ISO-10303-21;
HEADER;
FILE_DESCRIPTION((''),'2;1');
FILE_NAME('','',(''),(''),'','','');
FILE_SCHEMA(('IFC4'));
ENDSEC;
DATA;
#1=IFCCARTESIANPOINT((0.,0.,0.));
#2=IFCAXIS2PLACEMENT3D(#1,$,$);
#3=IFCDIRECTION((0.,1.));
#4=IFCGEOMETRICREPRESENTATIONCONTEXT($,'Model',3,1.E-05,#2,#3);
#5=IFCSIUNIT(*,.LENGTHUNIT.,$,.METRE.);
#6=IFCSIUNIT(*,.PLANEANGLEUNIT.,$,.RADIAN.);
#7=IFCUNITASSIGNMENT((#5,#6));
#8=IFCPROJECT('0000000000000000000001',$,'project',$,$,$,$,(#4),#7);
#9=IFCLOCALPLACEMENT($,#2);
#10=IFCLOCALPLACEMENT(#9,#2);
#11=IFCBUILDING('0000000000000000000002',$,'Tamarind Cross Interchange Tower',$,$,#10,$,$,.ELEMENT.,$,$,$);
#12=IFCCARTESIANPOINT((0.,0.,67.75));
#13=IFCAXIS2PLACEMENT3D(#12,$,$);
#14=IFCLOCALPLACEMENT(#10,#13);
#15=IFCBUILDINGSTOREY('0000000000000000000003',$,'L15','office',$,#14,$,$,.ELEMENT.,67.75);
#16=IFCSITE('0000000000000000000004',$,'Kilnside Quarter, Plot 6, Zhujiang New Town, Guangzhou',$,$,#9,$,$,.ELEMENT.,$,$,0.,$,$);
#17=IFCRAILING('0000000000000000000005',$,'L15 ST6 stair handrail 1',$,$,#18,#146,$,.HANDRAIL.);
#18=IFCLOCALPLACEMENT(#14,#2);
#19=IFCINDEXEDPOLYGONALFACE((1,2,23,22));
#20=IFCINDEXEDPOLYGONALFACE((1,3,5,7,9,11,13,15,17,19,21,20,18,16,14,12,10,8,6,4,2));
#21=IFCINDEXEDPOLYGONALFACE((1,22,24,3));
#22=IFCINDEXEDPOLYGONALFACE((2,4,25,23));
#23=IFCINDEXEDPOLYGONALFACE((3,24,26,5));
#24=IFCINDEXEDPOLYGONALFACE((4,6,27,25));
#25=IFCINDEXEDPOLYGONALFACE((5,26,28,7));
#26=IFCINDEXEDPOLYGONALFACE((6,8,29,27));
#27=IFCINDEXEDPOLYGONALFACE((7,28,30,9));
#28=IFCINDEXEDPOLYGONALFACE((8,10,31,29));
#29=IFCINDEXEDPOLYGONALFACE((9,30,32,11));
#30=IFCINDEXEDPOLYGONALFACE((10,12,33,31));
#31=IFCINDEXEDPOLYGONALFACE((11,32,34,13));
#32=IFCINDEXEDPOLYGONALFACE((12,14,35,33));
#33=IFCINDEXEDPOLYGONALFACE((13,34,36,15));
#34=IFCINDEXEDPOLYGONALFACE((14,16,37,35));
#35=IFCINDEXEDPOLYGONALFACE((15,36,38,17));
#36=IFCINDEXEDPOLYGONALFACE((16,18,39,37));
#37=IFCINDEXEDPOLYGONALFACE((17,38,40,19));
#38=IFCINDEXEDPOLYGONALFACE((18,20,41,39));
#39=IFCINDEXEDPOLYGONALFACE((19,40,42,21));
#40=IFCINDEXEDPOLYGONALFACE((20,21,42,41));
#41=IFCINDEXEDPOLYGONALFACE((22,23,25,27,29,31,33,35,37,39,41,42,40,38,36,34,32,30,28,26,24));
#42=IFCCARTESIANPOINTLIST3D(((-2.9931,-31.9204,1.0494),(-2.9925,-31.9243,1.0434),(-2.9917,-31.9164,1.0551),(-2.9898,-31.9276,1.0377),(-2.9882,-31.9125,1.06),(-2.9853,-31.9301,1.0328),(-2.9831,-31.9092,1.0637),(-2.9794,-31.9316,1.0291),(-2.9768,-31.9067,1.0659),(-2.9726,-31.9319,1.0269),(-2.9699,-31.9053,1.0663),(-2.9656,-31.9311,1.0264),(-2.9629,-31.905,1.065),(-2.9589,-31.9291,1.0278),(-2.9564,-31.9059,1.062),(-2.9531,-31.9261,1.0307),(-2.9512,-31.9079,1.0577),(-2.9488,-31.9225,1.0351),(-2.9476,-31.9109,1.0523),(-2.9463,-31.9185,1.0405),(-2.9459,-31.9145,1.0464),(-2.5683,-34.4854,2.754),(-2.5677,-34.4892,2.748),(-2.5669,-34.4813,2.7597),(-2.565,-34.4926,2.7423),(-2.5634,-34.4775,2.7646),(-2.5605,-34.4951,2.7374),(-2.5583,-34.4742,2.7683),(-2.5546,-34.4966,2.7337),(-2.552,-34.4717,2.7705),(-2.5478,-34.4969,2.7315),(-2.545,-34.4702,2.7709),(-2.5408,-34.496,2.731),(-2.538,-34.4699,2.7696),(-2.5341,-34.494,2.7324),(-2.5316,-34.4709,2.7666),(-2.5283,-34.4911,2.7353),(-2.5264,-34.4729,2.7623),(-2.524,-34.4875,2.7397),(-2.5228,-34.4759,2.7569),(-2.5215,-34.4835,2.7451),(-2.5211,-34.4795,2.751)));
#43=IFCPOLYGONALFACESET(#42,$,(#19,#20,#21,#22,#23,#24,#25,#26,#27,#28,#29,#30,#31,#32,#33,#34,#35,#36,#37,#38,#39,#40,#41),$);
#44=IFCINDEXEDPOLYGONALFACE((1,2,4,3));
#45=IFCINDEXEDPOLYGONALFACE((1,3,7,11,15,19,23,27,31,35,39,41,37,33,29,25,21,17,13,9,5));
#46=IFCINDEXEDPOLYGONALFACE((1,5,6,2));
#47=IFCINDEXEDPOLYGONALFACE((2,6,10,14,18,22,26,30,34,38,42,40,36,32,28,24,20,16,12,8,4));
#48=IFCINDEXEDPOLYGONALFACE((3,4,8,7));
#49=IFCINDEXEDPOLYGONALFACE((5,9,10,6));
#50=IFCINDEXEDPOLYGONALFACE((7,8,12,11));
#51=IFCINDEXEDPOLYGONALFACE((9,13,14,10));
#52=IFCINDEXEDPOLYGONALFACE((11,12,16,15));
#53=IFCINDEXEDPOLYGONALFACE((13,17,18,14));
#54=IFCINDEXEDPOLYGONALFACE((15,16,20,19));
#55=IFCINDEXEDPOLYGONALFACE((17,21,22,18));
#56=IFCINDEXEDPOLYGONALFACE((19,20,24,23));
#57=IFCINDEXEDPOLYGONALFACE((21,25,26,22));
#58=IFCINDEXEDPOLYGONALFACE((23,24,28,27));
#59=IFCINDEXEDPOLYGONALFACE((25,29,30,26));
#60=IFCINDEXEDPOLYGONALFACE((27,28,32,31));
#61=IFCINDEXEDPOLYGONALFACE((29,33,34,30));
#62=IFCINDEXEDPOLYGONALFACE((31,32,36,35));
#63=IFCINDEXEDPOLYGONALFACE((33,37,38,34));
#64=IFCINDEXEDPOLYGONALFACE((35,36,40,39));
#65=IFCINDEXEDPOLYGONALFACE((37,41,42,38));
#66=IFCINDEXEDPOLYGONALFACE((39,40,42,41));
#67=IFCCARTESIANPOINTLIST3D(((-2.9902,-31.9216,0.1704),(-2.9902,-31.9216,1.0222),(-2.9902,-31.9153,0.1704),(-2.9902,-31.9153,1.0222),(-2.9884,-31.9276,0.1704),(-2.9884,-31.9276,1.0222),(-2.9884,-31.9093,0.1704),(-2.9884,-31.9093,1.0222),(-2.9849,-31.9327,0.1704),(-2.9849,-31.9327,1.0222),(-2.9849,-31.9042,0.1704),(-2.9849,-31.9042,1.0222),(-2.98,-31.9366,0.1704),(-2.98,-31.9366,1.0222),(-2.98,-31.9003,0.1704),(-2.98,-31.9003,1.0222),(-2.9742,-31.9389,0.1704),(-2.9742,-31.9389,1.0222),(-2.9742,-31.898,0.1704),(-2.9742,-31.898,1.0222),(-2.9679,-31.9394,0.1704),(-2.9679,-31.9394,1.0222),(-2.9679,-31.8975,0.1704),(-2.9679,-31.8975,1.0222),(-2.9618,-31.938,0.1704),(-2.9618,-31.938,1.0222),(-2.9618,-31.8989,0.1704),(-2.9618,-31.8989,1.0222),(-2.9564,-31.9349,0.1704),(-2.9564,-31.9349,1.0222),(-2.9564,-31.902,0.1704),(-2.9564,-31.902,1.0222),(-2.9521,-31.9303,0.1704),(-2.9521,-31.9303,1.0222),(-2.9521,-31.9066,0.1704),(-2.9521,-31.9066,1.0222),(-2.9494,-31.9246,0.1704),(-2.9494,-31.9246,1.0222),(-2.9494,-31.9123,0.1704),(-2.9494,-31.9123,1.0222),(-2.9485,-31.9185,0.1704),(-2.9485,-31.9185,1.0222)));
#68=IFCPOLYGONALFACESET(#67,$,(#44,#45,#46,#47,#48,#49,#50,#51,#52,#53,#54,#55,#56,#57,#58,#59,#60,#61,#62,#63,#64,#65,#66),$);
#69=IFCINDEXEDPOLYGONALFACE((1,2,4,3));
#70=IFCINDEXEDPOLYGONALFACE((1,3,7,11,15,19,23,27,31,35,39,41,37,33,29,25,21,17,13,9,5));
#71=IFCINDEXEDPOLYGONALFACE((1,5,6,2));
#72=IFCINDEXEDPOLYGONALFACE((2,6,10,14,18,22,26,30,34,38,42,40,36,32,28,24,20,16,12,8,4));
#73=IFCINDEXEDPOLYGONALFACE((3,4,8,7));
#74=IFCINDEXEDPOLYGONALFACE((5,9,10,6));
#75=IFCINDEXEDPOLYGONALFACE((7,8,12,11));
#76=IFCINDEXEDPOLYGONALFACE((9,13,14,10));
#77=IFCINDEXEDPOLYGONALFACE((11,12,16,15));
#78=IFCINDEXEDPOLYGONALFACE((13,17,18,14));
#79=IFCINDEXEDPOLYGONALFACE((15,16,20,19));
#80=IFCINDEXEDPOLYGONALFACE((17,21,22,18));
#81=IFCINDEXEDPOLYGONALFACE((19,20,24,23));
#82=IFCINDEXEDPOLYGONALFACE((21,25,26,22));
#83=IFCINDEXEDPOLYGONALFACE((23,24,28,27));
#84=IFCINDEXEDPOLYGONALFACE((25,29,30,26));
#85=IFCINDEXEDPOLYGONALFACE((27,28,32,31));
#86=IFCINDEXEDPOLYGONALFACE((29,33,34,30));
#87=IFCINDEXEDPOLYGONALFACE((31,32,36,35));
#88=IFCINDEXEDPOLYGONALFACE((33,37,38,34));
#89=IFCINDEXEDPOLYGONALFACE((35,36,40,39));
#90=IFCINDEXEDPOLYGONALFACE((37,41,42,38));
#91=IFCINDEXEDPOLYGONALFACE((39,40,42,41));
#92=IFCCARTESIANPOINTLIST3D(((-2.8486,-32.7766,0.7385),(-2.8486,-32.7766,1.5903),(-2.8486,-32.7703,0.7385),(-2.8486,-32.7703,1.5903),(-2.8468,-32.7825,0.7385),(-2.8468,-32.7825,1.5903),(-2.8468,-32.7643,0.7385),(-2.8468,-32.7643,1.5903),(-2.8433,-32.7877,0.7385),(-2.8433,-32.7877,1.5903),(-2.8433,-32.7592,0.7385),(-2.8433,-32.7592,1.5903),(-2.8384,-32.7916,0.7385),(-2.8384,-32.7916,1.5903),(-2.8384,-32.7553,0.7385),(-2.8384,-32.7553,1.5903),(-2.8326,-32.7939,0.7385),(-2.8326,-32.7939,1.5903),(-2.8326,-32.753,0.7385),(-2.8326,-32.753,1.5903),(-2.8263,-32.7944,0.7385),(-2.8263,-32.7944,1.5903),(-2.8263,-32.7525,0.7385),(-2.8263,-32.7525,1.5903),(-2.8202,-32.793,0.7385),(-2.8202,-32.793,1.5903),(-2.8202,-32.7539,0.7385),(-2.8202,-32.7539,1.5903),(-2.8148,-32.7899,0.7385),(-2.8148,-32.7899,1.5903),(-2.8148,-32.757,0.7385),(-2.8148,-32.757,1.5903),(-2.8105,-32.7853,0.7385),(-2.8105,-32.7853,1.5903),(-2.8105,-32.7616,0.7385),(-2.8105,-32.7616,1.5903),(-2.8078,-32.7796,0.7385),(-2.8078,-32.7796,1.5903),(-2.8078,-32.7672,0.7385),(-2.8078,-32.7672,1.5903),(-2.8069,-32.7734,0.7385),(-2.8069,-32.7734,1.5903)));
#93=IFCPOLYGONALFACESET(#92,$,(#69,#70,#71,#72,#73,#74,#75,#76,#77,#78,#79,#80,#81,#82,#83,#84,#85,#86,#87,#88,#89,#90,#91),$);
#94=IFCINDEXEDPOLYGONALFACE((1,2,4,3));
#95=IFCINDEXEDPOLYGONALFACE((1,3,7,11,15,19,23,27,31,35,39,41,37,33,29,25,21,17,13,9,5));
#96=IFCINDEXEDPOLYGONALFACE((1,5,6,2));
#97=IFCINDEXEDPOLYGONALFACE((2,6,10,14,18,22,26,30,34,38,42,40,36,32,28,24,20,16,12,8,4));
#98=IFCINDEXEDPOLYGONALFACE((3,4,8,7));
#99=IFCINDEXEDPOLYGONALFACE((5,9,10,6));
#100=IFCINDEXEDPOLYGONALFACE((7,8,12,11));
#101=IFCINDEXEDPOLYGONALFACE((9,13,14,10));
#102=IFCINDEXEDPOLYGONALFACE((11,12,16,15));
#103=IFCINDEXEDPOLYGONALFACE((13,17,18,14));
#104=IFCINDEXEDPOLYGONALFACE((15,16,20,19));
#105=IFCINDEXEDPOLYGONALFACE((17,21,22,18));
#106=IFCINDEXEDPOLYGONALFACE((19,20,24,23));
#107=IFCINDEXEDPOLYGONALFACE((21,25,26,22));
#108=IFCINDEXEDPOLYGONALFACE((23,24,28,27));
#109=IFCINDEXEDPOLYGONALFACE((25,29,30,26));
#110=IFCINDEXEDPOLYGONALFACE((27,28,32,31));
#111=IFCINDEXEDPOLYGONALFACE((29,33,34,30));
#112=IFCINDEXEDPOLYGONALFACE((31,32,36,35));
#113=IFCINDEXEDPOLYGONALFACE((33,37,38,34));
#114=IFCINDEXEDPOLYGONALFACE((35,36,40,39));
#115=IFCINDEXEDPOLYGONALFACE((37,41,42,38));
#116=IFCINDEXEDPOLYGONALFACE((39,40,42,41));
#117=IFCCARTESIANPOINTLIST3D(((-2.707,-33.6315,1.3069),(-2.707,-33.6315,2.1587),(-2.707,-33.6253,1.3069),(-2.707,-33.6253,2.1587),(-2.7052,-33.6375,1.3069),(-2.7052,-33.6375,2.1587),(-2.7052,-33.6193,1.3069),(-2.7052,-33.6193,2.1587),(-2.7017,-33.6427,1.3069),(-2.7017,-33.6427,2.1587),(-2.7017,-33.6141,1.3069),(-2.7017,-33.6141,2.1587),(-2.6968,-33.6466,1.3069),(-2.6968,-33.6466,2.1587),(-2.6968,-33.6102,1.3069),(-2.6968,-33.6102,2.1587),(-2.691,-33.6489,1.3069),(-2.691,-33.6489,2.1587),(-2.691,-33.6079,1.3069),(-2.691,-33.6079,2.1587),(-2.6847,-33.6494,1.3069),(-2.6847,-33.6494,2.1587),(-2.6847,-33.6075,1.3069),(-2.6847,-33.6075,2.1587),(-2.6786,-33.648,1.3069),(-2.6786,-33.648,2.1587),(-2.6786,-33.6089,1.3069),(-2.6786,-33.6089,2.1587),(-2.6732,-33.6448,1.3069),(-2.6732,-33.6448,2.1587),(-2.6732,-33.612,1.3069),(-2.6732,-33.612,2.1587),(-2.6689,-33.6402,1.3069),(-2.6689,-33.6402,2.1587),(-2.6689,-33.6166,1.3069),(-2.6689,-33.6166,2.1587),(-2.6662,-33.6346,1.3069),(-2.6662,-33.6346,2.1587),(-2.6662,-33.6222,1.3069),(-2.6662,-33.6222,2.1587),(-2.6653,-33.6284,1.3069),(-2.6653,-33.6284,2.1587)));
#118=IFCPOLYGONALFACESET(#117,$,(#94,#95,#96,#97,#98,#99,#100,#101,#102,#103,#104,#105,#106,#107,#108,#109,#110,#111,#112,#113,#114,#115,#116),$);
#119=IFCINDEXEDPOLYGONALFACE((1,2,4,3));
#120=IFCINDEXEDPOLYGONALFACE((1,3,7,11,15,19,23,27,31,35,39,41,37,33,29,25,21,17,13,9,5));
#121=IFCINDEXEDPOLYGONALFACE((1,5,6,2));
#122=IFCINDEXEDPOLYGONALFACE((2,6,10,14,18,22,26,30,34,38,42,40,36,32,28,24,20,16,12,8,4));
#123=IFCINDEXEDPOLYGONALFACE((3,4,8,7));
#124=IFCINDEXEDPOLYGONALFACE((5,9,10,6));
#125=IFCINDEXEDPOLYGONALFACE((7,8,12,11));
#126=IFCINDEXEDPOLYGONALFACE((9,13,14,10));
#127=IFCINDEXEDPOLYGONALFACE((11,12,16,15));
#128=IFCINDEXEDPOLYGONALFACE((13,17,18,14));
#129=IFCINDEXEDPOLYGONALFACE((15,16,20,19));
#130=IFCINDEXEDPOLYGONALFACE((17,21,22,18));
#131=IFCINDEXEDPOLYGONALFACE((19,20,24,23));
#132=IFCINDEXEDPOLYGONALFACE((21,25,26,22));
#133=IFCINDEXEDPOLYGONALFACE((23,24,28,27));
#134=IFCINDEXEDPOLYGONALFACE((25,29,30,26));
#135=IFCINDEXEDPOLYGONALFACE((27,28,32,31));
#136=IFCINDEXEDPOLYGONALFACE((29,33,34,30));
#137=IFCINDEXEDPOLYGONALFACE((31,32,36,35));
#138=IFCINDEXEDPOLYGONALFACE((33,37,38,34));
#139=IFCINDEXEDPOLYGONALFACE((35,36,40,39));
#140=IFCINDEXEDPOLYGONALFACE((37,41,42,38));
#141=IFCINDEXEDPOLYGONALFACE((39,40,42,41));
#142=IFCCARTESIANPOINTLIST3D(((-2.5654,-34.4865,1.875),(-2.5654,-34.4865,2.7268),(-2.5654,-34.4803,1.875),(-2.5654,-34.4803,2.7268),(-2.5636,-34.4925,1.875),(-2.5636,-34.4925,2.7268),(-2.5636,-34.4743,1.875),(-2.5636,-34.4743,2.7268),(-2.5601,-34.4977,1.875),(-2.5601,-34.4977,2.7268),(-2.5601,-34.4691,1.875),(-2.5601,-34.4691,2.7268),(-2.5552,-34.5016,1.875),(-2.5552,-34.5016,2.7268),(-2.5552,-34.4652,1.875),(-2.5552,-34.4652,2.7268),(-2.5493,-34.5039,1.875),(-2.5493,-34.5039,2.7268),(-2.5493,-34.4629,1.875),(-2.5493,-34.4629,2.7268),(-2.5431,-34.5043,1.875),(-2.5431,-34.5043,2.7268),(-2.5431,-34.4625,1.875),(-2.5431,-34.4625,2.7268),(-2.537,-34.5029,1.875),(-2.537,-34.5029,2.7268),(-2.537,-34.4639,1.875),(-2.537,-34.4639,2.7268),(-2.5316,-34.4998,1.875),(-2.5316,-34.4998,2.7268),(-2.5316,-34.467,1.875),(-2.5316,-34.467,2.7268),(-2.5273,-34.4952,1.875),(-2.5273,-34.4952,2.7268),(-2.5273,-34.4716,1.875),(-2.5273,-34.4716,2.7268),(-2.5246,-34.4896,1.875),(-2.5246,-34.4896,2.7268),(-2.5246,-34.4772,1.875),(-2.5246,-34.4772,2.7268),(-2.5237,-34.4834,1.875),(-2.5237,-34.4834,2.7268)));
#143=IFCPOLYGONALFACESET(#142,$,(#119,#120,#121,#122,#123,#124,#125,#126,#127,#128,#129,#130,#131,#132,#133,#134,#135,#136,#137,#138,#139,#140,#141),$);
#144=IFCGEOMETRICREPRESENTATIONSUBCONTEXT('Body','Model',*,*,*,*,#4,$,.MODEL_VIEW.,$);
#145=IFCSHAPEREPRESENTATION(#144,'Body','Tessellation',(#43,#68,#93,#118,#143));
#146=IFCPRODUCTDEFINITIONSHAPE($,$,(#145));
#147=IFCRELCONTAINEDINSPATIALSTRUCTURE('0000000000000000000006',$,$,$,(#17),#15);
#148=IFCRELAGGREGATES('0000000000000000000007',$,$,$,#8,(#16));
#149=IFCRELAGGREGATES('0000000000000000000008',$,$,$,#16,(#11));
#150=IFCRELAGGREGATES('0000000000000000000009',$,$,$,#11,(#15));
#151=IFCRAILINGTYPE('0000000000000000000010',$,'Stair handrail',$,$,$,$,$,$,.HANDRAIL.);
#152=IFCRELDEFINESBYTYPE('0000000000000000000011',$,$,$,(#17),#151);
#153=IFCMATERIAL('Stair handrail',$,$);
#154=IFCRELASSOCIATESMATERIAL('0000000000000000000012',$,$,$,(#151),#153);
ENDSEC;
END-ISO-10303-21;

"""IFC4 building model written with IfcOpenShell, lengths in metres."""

from ifc_helpers import new_model, si_unit, direction, frame, origin, origin_2d, place, context, subcontext, project, spatial, circle, extrude, material, type_object, element, save


model = new_model("IFC4")

# Units and contexts
model_context = context("Model", 3, precision=1e-05, world=origin(), true_north=direction((0.0, 1.0)))
body_context = subcontext(model_context, "Body", "Model", "MODEL_VIEW")
ifc_project = project(units=[si_unit("LENGTHUNIT", "METRE"), si_unit("PLANEANGLEUNIT", "RADIAN")], contexts=[model_context])

# Site, building, storey
site_placement = place(None, origin())
site = spatial("IfcSite", under=ifc_project, at=site_placement, Name="Kilnside Quarter, Plot 6, Zhujiang New Town, Guangzhou", CompositionType="ELEMENT", RefElevation=0.0)
building_placement = place(site_placement, origin())
building = spatial("IfcBuilding", under=site, at=building_placement, Name="Tamarind Cross Interchange Tower", CompositionType="ELEMENT")
storey_placement = place(building_placement, frame((0.0, 0.0, 67.75)))
storey = spatial("IfcBuildingStorey", under=building, at=storey_placement, Name="L15", Description="office", CompositionType="ELEMENT", Elevation=67.75)

# Railing
ifc_material_1 = material(Name="Stair handrail")
railing_type_1 = type_object("IfcRailingType", Name="Stair handrail", PredefinedType="HANDRAIL", material=ifc_material_1)
railing_1_placement = place(storey_placement, frame((-2.9695, -31.9185, 0.1704)))
element("IfcRailing", 1, at=railing_1_placement, inside=storey, type_object=railing_type_1, Name="L15 ST6 stair handrail 1", PredefinedType="HANDRAIL", context=body_context, shape_type="SweptSolid", body=[
    extrude(circle(Radius=0.0239, at=origin_2d()), frame((0.0, 0.0, 0.876), z_axis=(0.136643, -0.825042, 0.548301), x_axis=(0.986561, 0.163394, 0.0)), (0.0, 0.0, 1.0), 3.1089),
    extrude(circle(Radius=0.021, at=origin_2d()), origin(), (0.0, 0.0, 1.0), 0.8518),
    extrude(circle(Radius=0.021, at=origin_2d()), frame((0.1416, -0.855, 0.5681)), (0.0, 0.0, 1.0), 0.8518),
    extrude(circle(Radius=0.021, at=origin_2d()), frame((0.2832, -1.71, 1.1365)), (0.0, 0.0, 1.0), 0.8518),
    extrude(circle(Radius=0.021, at=origin_2d()), frame((0.4248, -2.5649, 1.7046)), (0.0, 0.0, 1.0), 0.8518),
])

save(model, "model.ifc")
